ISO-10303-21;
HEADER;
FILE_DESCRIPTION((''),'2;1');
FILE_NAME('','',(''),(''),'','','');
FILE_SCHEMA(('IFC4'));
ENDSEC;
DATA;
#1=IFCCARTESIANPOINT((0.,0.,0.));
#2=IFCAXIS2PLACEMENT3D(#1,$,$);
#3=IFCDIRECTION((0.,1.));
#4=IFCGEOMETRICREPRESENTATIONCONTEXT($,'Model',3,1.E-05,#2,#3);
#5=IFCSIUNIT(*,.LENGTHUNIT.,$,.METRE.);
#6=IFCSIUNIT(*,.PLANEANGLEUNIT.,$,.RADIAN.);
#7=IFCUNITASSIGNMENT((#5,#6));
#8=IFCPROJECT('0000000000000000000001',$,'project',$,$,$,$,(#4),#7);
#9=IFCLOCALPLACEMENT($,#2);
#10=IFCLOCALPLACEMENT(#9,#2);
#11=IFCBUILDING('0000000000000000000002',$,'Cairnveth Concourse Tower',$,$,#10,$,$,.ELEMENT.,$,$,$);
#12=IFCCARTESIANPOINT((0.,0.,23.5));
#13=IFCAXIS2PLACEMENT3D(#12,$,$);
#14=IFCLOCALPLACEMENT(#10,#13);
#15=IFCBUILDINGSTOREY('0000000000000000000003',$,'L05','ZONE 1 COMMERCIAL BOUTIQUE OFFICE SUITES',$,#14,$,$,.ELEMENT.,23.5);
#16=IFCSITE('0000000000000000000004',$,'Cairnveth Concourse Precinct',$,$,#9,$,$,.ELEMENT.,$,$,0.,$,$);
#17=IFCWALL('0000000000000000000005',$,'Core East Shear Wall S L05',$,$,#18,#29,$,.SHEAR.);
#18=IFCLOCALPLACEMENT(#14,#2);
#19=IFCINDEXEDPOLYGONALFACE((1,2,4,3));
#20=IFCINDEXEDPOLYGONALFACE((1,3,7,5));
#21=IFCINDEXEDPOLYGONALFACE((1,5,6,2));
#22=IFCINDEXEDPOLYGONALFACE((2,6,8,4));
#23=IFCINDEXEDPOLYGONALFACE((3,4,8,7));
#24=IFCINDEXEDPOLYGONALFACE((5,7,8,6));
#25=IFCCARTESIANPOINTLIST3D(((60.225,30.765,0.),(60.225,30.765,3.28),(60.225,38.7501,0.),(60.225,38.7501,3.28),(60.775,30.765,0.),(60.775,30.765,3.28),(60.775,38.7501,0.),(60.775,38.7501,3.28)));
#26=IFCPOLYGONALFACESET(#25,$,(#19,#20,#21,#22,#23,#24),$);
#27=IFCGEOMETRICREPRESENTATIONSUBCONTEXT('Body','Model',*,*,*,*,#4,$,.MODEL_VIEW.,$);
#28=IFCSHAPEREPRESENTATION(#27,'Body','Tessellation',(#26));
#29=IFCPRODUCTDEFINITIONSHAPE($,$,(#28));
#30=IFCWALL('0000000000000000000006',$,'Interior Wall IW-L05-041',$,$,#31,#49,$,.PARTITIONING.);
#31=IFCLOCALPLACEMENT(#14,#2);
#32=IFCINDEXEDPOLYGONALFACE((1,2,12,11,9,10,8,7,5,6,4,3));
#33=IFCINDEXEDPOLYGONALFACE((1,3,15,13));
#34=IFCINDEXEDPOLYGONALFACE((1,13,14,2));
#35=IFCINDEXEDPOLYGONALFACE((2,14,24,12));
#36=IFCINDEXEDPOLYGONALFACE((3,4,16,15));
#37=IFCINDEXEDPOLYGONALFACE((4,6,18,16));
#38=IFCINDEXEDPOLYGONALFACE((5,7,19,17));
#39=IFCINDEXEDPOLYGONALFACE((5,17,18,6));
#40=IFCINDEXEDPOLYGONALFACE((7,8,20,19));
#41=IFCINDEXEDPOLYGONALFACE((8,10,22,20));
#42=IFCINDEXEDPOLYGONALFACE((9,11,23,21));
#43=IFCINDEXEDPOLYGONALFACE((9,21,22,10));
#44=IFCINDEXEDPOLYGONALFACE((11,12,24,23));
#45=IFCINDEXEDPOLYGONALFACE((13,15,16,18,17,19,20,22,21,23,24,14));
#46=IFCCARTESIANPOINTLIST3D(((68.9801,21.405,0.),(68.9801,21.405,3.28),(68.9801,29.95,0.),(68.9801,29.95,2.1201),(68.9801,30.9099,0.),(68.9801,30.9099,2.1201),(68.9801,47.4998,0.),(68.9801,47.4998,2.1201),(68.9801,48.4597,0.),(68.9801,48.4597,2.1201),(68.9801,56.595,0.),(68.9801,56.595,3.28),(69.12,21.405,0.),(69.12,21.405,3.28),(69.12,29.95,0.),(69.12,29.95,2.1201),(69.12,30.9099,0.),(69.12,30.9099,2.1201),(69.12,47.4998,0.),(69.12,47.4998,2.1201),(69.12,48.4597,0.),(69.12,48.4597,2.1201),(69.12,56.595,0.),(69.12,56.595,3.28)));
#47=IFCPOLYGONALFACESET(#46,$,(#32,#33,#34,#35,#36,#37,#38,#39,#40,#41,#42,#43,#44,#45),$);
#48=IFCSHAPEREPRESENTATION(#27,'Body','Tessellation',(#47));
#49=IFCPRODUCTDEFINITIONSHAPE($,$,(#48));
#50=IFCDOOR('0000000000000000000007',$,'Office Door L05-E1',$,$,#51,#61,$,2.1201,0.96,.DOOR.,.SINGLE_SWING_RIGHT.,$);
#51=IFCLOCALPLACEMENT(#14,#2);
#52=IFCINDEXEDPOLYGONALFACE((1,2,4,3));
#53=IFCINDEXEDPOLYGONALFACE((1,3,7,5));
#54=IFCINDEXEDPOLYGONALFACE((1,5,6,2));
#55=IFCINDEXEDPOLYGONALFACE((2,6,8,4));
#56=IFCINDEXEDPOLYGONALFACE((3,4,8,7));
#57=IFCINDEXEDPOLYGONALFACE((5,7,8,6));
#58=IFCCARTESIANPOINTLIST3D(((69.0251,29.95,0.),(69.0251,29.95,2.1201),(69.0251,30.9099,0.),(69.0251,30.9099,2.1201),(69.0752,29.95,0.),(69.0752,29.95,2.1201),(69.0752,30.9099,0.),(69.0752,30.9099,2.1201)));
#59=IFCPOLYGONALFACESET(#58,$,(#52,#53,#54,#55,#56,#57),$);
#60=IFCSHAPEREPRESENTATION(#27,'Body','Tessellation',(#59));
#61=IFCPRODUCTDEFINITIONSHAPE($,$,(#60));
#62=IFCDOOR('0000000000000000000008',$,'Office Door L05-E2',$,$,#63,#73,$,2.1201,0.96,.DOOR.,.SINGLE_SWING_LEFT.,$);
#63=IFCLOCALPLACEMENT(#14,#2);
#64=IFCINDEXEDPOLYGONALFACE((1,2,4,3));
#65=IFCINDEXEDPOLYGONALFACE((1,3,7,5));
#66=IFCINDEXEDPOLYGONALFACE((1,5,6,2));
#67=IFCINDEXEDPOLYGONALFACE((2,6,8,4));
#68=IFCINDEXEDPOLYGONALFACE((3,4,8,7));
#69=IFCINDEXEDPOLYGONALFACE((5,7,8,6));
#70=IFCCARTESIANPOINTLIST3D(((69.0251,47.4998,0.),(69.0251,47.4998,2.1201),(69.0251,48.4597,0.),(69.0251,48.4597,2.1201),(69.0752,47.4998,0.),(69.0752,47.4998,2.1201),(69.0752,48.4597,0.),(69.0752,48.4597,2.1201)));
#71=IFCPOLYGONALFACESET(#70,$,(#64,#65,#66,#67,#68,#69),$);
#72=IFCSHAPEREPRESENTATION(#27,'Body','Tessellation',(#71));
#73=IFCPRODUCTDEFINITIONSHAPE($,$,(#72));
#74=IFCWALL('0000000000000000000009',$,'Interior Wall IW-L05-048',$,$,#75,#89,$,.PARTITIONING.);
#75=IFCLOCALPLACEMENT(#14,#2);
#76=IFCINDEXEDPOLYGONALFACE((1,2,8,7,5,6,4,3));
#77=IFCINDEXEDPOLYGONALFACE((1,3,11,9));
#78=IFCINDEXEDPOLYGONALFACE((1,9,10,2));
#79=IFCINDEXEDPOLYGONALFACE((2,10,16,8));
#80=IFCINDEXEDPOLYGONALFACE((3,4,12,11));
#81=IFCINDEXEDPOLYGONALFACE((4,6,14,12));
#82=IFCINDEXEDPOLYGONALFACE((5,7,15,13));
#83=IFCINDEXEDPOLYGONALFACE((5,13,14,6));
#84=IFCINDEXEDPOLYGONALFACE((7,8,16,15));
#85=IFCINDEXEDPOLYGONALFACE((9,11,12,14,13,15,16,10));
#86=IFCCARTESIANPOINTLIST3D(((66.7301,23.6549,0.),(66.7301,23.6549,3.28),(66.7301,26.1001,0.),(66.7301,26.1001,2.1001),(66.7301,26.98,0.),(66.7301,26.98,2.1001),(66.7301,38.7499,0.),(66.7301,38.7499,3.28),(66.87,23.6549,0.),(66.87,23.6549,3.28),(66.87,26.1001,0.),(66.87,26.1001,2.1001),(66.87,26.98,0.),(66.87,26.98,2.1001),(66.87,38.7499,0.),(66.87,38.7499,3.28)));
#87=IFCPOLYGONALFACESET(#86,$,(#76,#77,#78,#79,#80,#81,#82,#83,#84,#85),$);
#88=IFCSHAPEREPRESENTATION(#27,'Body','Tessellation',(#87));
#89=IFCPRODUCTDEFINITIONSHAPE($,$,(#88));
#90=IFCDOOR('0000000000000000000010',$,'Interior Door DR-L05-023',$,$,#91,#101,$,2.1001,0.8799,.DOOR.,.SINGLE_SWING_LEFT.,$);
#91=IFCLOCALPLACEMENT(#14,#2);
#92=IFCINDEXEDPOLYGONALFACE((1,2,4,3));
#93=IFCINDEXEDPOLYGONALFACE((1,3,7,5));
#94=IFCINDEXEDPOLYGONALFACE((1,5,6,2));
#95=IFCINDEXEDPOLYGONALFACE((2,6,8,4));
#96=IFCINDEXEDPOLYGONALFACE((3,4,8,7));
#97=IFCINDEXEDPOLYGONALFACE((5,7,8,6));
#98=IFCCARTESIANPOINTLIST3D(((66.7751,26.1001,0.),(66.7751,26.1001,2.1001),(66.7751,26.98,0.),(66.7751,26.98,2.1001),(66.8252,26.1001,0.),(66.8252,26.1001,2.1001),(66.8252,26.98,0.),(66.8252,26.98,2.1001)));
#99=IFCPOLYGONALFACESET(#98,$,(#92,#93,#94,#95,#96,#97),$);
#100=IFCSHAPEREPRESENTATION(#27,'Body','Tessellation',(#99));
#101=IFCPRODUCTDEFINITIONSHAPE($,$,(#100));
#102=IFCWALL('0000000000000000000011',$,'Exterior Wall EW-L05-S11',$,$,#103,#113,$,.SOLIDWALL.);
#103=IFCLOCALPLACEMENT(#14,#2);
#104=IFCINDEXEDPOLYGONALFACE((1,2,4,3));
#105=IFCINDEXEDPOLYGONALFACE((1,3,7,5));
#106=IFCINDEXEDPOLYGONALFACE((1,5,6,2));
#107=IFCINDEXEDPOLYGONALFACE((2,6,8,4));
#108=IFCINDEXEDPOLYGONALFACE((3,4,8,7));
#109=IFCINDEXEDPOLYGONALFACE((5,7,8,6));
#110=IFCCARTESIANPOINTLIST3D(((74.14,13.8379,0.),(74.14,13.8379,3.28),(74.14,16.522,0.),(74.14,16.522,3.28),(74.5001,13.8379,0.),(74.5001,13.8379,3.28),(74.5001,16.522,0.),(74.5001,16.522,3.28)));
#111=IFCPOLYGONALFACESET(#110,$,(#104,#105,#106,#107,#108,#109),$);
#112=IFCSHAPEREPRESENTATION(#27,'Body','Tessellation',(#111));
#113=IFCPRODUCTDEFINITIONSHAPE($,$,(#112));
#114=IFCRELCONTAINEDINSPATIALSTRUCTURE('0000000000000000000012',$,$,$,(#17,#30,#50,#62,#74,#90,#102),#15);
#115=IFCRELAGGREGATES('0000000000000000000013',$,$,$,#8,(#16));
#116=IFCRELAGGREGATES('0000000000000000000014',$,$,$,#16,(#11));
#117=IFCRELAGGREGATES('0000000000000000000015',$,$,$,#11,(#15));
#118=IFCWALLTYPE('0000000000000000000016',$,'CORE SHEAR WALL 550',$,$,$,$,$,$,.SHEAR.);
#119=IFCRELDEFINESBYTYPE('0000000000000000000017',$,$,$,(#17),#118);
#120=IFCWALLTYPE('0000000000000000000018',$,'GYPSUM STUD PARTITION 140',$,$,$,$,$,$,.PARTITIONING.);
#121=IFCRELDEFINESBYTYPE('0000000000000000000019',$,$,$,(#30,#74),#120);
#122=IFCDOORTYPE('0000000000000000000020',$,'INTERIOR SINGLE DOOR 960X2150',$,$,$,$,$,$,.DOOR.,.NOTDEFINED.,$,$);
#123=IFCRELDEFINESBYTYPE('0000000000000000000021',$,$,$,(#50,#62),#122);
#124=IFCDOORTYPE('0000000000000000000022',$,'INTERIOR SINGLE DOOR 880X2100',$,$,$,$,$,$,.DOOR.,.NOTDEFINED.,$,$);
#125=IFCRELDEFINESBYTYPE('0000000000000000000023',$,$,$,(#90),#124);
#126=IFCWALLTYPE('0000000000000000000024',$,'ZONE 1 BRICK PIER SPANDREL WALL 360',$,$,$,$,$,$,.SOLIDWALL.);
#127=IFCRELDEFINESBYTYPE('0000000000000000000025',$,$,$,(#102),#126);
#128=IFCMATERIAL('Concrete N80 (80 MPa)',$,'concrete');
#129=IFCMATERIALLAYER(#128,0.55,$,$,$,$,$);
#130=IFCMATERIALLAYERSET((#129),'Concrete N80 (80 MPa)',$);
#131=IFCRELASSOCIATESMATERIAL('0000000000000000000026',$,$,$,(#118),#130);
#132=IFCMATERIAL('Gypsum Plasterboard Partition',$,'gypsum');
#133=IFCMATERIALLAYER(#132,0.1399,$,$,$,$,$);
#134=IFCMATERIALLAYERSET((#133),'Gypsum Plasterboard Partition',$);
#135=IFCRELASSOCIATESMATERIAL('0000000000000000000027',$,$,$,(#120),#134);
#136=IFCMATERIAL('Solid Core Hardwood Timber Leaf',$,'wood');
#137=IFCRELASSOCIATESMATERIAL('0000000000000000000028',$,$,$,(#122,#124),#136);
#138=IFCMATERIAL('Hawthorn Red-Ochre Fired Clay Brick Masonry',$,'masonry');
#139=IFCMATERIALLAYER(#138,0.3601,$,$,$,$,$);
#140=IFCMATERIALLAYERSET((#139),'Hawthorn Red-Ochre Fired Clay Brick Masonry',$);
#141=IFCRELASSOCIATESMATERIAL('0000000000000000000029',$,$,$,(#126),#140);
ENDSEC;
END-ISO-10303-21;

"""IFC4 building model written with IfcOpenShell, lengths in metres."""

from ifc_helpers import new_model, si_unit, direction, frame, frame_2d, origin, place, context, subcontext, project, spatial, rectangle, extrude, material, layer, layer_set, type_object, element, fill, save


model = new_model("IFC4")

# Units and contexts
model_context = context("Model", 3, precision=1e-05, world=origin(), true_north=direction((0.0, 1.0)))
body_context = subcontext(model_context, "Body", "Model", "MODEL_VIEW")
ifc_project = project(units=[si_unit("LENGTHUNIT", "METRE"), si_unit("PLANEANGLEUNIT", "RADIAN")], contexts=[model_context])

# Site, building, storey
site_placement = place(None, origin())
site = spatial("IfcSite", under=ifc_project, at=site_placement, Name="Cairnveth Concourse Precinct", CompositionType="ELEMENT", RefElevation=0.0)
building_placement = place(site_placement, origin())
building = spatial("IfcBuilding", under=site, at=building_placement, Name="Cairnveth Concourse Tower", CompositionType="ELEMENT")
storey_placement = place(building_placement, frame((0.0, 0.0, 23.5)))
storey = spatial("IfcBuildingStorey", under=building, at=storey_placement, Name="L05", Description="ZONE 1 COMMERCIAL BOUTIQUE OFFICE SUITES", CompositionType="ELEMENT", Elevation=23.5)

# Wall
ifc_material_1 = material(Name="Concrete N80 (80 MPa)", Category="concrete")
ifc_layer_1 = layer(ifc_material_1, 0.55)
ifc_layer_set_1 = layer_set([ifc_layer_1], Name="Concrete N80 (80 MPa)")
wall_type_1 = type_object("IfcWallType", Name="CORE SHEAR WALL 550", PredefinedType="SHEAR", material=ifc_layer_set_1)
wall_1_placement = place(storey_placement, frame((60.5, 30.7649, 0.0), z_axis=(0.0, 0.0, 1.0), x_axis=(0.0, 1.0, 0.0)))
element("IfcWall", 1, at=wall_1_placement, inside=storey, type_object=wall_type_1, Name="Core East Shear Wall S L05", PredefinedType="SHEAR", context=body_context, shape_type="SweptSolid", body=[
    extrude(rectangle(XDim=7.9851, YDim=0.55, at=frame_2d((3.9927, 0.0))), origin(), (0.0, 0.0, 1.0), 3.28),
])

# Wall, openings, doors
ifc_material_2 = material(Name="Gypsum Plasterboard Partition", Category="gypsum")
ifc_layer_2 = layer(ifc_material_2, 0.1399)
ifc_layer_set_2 = layer_set([ifc_layer_2], Name="Gypsum Plasterboard Partition")
wall_type_2 = type_object("IfcWallType", Name="GYPSUM STUD PARTITION 140", PredefinedType="PARTITIONING", material=ifc_layer_set_2)
wall_2_placement = place(storey_placement, frame((69.05, 21.405, 0.0), z_axis=(0.0, 0.0, 1.0), x_axis=(0.0, 1.0, 0.0)))
wall_2 = element("IfcWall", 2, at=wall_2_placement, inside=storey, type_object=wall_type_2, Name="Interior Wall IW-L05-041", PredefinedType="PARTITIONING", context=body_context, shape_type="SweptSolid", body=[
    extrude(rectangle(XDim=35.1899, YDim=0.1399, at=frame_2d((17.595, 0.0))), origin(), (0.0, 0.0, 1.0), 3.28),
])
opening_1_placement = place(wall_2_placement, frame((8.5449, 0.0, 0.0)))
opening_1 = element("IfcOpeningElement", 3, at=opening_1_placement, cuts=wall_2, PredefinedType="OPENING", context=body_context, shape_type="SweptSolid", body=[
    extrude(rectangle(XDim=0.96, YDim=2.1201, at=frame_2d((0.48, 1.0601))), frame((0.0, 0.0798, 0.0), z_axis=(0.0, -1.0, 0.0), x_axis=(1.0, 0.0, 0.0)), (0.0, 0.0, 1.0), 0.1599),
])
opening_2_placement = place(wall_2_placement, frame((26.0947, 0.0, 0.0)))
opening_2 = element("IfcOpeningElement", 4, at=opening_2_placement, cuts=wall_2, PredefinedType="OPENING", context=body_context, shape_type="SweptSolid", body=[
    extrude(rectangle(XDim=0.96, YDim=2.1201, at=frame_2d((0.48, 1.0601))), frame((0.0, 0.0798, 0.0), z_axis=(0.0, -1.0, 0.0), x_axis=(1.0, 0.0, 0.0)), (0.0, 0.0, 1.0), 0.1599),
])
ifc_material_3 = material(Name="Solid Core Hardwood Timber Leaf", Category="wood")
door_type_1 = type_object("IfcDoorType", Name="INTERIOR SINGLE DOOR 960X2150", OperationType="NOTDEFINED", PredefinedType="DOOR", material=ifc_material_3)
door_1_placement = place(opening_1_placement, origin())
door_1 = element("IfcDoor", 5, at=door_1_placement, inside=storey, type_object=door_type_1, Name="Office Door L05-E1", OperationType="SINGLE_SWING_RIGHT", OverallHeight=2.1201, OverallWidth=0.96, PredefinedType="DOOR", context=body_context, shape_type="SweptSolid", body=[
    extrude(rectangle(XDim=0.96, YDim=2.1201, at=frame_2d((0.48, 1.0601))), frame((0.0, 0.0249, 0.0), z_axis=(0.0, -1.0, 0.0), x_axis=(1.0, 0.0, 0.0)), (0.0, 0.0, 1.0), 0.05),
])
fill(opening_1, door_1)
door_2_placement = place(opening_2_placement, origin())
door_2 = element("IfcDoor", 6, at=door_2_placement, inside=storey, type_object=door_type_1, Name="Office Door L05-E2", OperationType="SINGLE_SWING_LEFT", OverallHeight=2.1201, OverallWidth=0.96, PredefinedType="DOOR", context=body_context, shape_type="SweptSolid", body=[
    extrude(rectangle(XDim=0.96, YDim=2.1201, at=frame_2d((0.48, 1.0601))), frame((0.0, 0.0249, 0.0), z_axis=(0.0, -1.0, 0.0), x_axis=(1.0, 0.0, 0.0)), (0.0, 0.0, 1.0), 0.05),
])
fill(opening_2, door_2)

# Wall, opening, door
wall_3_placement = place(storey_placement, frame((66.8, 23.655, 0.0), z_axis=(0.0, 0.0, 1.0), x_axis=(0.0, 1.0, 0.0)))
wall_3 = element("IfcWall", 7, at=wall_3_placement, inside=storey, type_object=wall_type_2, Name="Interior Wall IW-L05-048", PredefinedType="PARTITIONING", context=body_context, shape_type="SweptSolid", body=[
    extrude(rectangle(XDim=15.095, YDim=0.1399, at=frame_2d((7.5474, 0.0))), origin(), (0.0, 0.0, 1.0), 3.28),
])
opening_3_placement = place(wall_3_placement, frame((2.4451, 0.0, 0.0)))
opening_3 = element("IfcOpeningElement", 8, at=opening_3_placement, cuts=wall_3, PredefinedType="OPENING", context=body_context, shape_type="SweptSolid", body=[
    extrude(rectangle(XDim=0.8799, YDim=2.1001, at=frame_2d((0.4399, 1.05))), frame((0.0, 0.0798, 0.0), z_axis=(0.0, -1.0, 0.0), x_axis=(1.0, 0.0, 0.0)), (0.0, 0.0, 1.0), 0.1599),
])
door_type_2 = type_object("IfcDoorType", Name="INTERIOR SINGLE DOOR 880X2100", OperationType="NOTDEFINED", PredefinedType="DOOR", material=ifc_material_3)
door_3_placement = place(opening_3_placement, origin())
door_3 = element("IfcDoor", 9, at=door_3_placement, inside=storey, type_object=door_type_2, Name="Interior Door DR-L05-023", OperationType="SINGLE_SWING_LEFT", OverallHeight=2.1001, OverallWidth=0.8799, PredefinedType="DOOR", context=body_context, shape_type="SweptSolid", body=[
    extrude(rectangle(XDim=0.8799, YDim=2.1001, at=frame_2d((0.4399, 1.05))), frame((0.0, 0.0249, 0.0), z_axis=(0.0, -1.0, 0.0), x_axis=(1.0, 0.0, 0.0)), (0.0, 0.0, 1.0), 0.05),
])
fill(opening_3, door_3)

# Wall
ifc_material_4 = material(Name="Hawthorn Red-Ochre Fired Clay Brick Masonry", Category="masonry")
ifc_layer_3 = layer(ifc_material_4, 0.3601)
ifc_layer_set_3 = layer_set([ifc_layer_3], Name="Hawthorn Red-Ochre Fired Clay Brick Masonry")
wall_type_3 = type_object("IfcWallType", Name="ZONE 1 BRICK PIER SPANDREL WALL 360", PredefinedType="SOLIDWALL", material=ifc_layer_set_3)
wall_4_placement = place(storey_placement, frame((74.3201, 16.522, 0.0), z_axis=(0.0, 0.0, 1.0), x_axis=(0.0, -1.0, 0.0)))
element("IfcWall", 10, at=wall_4_placement, inside=storey, type_object=wall_type_3, Name="Exterior Wall EW-L05-S11", PredefinedType="SOLIDWALL", context=body_context, shape_type="SweptSolid", body=[
    extrude(rectangle(XDim=2.6841, YDim=0.3601, at=frame_2d((1.342, 0.0))), origin(), (0.0, 0.0, 1.0), 3.28),
])

save(model, "model.ifc")
